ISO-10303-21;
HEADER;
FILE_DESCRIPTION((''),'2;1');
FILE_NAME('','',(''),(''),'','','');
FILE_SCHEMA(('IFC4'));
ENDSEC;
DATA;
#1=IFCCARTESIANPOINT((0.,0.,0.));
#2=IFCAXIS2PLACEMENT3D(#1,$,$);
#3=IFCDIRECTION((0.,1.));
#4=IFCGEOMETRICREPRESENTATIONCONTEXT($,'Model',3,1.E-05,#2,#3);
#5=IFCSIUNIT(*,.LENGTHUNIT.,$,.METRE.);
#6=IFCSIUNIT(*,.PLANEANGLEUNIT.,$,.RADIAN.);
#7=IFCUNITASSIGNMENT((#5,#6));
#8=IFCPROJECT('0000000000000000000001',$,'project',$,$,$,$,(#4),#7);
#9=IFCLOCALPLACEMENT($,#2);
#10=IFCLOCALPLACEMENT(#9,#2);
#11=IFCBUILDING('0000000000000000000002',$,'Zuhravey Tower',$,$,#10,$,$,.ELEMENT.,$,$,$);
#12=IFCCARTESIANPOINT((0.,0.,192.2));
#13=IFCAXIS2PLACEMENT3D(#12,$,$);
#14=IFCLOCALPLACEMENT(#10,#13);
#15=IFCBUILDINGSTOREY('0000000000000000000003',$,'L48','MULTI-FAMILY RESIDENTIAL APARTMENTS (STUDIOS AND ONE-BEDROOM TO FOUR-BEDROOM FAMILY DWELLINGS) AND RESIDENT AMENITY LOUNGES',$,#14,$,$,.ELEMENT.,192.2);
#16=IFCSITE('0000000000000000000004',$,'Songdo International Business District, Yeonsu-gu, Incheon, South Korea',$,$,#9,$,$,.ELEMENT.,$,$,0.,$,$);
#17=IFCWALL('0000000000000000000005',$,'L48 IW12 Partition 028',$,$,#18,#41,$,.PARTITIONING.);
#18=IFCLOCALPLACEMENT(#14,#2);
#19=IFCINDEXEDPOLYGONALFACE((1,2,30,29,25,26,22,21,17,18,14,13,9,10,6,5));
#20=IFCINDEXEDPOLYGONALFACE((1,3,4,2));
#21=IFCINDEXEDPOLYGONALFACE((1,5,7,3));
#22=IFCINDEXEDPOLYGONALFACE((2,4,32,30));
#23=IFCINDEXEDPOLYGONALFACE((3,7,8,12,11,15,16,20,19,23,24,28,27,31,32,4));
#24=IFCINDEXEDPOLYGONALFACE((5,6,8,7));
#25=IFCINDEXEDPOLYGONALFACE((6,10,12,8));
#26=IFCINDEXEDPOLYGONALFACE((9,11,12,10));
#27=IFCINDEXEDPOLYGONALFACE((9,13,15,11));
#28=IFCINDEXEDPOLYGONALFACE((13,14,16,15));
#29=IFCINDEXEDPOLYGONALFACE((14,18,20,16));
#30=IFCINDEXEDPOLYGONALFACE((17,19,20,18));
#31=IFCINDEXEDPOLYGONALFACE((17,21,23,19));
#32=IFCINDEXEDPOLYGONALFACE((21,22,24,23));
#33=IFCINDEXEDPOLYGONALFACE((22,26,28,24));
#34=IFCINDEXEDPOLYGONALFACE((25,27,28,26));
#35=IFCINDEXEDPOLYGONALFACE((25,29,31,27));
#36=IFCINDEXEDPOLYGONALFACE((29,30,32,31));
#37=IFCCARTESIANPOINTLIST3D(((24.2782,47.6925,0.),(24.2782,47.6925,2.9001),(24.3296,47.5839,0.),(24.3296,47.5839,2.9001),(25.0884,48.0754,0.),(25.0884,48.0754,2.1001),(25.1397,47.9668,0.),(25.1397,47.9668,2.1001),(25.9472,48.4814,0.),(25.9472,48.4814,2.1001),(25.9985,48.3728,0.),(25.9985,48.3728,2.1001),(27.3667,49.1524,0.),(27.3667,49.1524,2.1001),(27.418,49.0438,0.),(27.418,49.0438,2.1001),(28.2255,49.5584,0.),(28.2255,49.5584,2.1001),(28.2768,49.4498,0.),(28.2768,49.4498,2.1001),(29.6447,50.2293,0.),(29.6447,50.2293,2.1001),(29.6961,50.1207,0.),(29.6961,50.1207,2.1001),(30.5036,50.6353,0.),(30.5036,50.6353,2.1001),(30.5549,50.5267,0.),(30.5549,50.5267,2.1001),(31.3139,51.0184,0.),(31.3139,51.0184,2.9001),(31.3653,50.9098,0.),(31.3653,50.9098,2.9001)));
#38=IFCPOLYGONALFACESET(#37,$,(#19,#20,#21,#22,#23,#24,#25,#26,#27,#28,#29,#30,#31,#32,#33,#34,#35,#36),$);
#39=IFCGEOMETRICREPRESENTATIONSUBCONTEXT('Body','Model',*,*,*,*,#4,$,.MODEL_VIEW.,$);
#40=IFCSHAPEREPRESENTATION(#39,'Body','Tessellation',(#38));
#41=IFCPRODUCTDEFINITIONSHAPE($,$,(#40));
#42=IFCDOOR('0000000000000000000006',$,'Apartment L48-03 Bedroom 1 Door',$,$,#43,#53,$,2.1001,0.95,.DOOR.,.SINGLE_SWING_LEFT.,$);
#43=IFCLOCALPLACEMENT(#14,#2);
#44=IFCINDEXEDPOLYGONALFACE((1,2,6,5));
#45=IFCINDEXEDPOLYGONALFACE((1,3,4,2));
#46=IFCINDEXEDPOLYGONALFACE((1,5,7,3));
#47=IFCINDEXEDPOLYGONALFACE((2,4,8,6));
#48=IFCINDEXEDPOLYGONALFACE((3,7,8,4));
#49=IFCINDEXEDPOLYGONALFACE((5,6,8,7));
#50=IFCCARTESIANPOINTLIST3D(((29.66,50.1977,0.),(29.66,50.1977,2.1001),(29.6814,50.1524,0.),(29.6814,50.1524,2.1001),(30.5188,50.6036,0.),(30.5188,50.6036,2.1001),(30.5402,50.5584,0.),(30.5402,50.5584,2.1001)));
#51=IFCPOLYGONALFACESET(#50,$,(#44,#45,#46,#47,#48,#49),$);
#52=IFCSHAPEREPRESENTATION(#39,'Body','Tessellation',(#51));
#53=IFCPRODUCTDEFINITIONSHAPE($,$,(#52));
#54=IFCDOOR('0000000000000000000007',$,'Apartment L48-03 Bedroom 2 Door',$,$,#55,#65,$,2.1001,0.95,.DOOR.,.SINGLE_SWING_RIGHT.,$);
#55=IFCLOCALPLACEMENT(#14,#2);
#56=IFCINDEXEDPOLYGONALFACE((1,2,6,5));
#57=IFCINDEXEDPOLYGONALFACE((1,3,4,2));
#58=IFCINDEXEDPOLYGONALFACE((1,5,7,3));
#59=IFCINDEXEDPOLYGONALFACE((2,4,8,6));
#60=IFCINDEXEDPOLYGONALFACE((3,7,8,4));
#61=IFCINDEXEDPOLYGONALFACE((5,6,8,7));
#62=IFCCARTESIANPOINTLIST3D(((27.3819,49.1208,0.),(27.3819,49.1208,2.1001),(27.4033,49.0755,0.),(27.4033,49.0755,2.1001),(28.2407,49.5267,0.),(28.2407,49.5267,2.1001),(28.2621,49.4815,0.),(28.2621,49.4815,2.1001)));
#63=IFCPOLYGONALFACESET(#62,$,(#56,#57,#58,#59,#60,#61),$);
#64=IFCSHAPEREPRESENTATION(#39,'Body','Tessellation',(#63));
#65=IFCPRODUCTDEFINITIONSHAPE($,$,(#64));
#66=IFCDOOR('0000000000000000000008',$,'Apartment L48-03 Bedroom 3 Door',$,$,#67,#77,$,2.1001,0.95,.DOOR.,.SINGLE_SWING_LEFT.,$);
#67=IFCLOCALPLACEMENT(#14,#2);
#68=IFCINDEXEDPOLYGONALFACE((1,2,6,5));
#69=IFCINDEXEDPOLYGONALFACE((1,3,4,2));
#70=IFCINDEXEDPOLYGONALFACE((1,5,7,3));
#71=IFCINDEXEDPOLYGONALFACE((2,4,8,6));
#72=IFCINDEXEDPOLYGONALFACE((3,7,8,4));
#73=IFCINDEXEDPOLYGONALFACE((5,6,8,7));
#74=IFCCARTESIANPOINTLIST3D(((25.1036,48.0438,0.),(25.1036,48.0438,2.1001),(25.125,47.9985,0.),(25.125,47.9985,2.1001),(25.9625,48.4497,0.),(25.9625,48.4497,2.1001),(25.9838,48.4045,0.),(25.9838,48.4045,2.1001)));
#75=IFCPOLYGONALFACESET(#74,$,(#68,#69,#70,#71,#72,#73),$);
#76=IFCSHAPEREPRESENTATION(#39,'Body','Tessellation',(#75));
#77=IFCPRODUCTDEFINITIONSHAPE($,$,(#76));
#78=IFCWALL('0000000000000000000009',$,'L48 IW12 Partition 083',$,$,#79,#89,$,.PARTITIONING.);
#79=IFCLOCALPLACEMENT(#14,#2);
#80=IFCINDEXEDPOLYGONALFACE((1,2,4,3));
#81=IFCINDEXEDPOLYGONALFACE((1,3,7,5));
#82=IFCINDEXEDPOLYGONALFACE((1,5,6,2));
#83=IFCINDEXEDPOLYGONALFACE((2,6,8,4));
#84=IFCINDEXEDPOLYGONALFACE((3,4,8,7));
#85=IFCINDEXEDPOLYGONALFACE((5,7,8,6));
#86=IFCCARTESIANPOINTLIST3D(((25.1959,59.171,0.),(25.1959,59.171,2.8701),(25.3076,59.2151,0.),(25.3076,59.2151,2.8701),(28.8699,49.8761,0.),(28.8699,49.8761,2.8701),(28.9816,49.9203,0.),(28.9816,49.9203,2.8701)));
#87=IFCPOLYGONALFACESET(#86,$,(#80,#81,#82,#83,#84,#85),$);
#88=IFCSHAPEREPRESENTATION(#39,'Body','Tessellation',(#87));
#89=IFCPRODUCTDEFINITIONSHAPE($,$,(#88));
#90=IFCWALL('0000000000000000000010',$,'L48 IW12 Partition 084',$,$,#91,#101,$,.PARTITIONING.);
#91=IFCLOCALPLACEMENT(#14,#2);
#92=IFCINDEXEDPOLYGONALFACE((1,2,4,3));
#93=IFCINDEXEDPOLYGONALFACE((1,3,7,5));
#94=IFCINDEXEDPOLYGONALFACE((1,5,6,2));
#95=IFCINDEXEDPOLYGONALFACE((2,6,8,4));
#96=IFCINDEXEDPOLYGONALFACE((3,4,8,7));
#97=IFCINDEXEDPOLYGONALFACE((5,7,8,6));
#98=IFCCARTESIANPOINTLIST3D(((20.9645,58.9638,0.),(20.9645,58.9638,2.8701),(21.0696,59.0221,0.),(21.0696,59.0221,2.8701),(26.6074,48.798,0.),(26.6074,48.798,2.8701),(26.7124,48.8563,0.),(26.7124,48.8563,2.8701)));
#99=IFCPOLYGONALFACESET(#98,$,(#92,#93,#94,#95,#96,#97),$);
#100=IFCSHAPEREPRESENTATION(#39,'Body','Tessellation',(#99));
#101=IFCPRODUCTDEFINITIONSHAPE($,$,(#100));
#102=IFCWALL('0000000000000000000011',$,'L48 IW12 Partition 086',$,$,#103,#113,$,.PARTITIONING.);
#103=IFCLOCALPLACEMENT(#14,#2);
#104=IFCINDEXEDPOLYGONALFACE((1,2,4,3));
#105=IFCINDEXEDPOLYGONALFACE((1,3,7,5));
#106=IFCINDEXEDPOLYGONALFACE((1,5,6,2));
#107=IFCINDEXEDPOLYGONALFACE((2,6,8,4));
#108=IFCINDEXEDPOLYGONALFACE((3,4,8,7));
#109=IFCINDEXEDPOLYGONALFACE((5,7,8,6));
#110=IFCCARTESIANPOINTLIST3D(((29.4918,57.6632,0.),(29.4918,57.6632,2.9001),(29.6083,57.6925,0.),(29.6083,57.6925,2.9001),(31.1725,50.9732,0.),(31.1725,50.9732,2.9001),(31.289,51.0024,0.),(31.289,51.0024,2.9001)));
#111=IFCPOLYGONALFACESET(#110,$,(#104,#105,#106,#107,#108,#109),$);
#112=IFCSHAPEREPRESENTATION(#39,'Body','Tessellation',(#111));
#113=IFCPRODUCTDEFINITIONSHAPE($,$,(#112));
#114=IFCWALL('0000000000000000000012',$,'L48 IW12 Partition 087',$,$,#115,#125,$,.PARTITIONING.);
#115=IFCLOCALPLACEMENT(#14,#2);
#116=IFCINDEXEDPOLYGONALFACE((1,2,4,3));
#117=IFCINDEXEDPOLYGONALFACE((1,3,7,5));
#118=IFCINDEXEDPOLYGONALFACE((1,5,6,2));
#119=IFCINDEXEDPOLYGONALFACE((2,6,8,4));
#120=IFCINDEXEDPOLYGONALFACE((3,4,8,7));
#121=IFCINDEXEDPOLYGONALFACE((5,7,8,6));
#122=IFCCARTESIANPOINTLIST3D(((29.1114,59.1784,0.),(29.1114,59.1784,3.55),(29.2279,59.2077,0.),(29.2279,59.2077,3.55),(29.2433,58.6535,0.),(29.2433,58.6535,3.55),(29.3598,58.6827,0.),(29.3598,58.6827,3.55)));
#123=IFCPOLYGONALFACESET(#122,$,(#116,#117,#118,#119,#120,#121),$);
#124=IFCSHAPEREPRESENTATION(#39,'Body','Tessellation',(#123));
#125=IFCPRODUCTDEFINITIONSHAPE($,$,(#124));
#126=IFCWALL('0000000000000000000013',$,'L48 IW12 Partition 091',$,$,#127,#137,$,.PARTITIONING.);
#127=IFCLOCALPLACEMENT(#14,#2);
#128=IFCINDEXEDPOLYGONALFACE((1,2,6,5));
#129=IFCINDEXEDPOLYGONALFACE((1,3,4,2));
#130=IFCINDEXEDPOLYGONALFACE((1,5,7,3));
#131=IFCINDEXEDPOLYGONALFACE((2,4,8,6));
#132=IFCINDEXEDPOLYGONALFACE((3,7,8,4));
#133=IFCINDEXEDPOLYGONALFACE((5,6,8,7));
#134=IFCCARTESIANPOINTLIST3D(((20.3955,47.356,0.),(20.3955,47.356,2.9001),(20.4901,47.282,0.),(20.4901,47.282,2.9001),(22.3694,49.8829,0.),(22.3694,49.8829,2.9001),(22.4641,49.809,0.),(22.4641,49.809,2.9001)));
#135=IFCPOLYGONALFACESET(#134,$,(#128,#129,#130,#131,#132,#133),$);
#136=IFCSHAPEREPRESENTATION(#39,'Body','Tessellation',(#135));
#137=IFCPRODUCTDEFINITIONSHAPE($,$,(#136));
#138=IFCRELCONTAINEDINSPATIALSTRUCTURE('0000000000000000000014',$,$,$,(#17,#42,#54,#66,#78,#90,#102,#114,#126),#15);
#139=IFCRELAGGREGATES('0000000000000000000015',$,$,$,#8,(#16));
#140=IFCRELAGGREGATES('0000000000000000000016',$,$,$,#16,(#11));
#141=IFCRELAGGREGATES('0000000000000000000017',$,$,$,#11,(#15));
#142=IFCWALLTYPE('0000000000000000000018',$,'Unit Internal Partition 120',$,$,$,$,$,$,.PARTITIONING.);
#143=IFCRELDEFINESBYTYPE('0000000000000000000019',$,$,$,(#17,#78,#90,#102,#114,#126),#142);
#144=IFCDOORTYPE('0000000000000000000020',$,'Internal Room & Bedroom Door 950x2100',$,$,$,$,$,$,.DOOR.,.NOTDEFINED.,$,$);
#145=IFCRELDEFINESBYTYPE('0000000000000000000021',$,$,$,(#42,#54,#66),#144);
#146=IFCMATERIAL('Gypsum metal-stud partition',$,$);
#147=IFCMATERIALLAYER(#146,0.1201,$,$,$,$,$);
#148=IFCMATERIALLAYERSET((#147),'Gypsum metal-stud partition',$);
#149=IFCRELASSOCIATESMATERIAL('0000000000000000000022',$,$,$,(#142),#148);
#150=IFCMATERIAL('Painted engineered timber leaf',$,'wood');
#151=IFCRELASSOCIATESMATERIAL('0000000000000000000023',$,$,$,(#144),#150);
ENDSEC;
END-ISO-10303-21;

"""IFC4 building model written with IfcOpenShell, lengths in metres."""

from ifc_helpers import new_model, si_unit, direction, frame, frame_2d, origin, place, context, subcontext, project, spatial, rectangle, extrude, material, layer, layer_set, type_object, element, fill, save


model = new_model("IFC4")

# Units and contexts
model_context = context("Model", 3, precision=1e-05, world=origin(), true_north=direction((0.0, 1.0)))
body_context = subcontext(model_context, "Body", "Model", "MODEL_VIEW")
ifc_project = project(units=[si_unit("LENGTHUNIT", "METRE"), si_unit("PLANEANGLEUNIT", "RADIAN")], contexts=[model_context])

# Site, building, storey
site_placement = place(None, origin())
site = spatial("IfcSite", under=ifc_project, at=site_placement, Name="Songdo International Business District, Yeonsu-gu, Incheon, South Korea", CompositionType="ELEMENT", RefElevation=0.0)
building_placement = place(site_placement, origin())
building = spatial("IfcBuilding", under=site, at=building_placement, Name="Zuhravey Tower", CompositionType="ELEMENT")
storey_placement = place(building_placement, frame((0.0, 0.0, 192.2)))
storey = spatial("IfcBuildingStorey", under=building, at=storey_placement, Name="L48", Description="MULTI-FAMILY RESIDENTIAL APARTMENTS (STUDIOS AND ONE-BEDROOM TO FOUR-BEDROOM FAMILY DWELLINGS) AND RESIDENT AMENITY LOUNGES", CompositionType="ELEMENT", Elevation=192.2)

# Wall, openings, doors
ifc_material_1 = material(Name="Gypsum metal-stud partition")
ifc_layer_1 = layer(ifc_material_1, 0.1201)
ifc_layer_set_1 = layer_set([ifc_layer_1], Name="Gypsum metal-stud partition")
wall_type_1 = type_object("IfcWallType", Name="Unit Internal Partition 120", PredefinedType="PARTITIONING", material=ifc_layer_set_1)
ifc_material_2 = material(Name="Painted engineered timber leaf", Category="wood")
door_type_1 = type_object("IfcDoorType", Name="Internal Room & Bedroom Door 950x2100", OperationType="NOTDEFINED", PredefinedType="DOOR", material=ifc_material_2)
wall_1_placement = place(storey_placement, frame((31.3396, 50.9641, 0.0), z_axis=(0.0, 0.0, 1.0), x_axis=(-0.904073, -0.427378, 0.0)))
wall_1 = element("IfcWall", 1, at=wall_1_placement, inside=storey, type_object=wall_type_1, Name="L48 IW12 Partition 028", PredefinedType="PARTITIONING", context=body_context, shape_type="SweptSolid", body=[
    extrude(rectangle(XDim=7.7822, YDim=0.1201, at=frame_2d((3.8911, 0.0))), origin(), (0.0, 0.0, 1.0), 2.9001),
])
opening_1_placement = place(wall_1_placement, frame((0.8962, 0.0, 0.0)))
opening_1 = element("IfcOpeningElement", 2, at=opening_1_placement, cuts=wall_1, PredefinedType="OPENING", context=body_context, shape_type="SweptSolid", body=[
    extrude(rectangle(XDim=0.95, YDim=2.1001, at=frame_2d((0.4751, 1.05))), frame((0.0, 0.072, 0.0), z_axis=(0.0, -1.0, 0.0), x_axis=(1.0, 0.0, 0.0)), (0.0, 0.0, 1.0), 0.144),
])
opening_2_placement = place(wall_1_placement, frame((3.416, 0.0, 0.0)))
opening_2 = element("IfcOpeningElement", 3, at=opening_2_placement, cuts=wall_1, PredefinedType="OPENING", context=body_context, shape_type="SweptSolid", body=[
    extrude(rectangle(XDim=0.95, YDim=2.1001, at=frame_2d((0.4751, 1.05))), frame((0.0, 0.072, 0.0), z_axis=(0.0, -1.0, 0.0), x_axis=(1.0, 0.0, 0.0)), (0.0, 0.0, 1.0), 0.144),
])
opening_3_placement = place(wall_1_placement, frame((5.936, 0.0, 0.0)))
opening_3 = element("IfcOpeningElement", 4, at=opening_3_placement, cuts=wall_1, PredefinedType="OPENING", context=body_context, shape_type="SweptSolid", body=[
    extrude(rectangle(XDim=0.95, YDim=2.1001, at=frame_2d((0.4751, 1.05))), frame((0.0, 0.072, 0.0), z_axis=(0.0, -1.0, 0.0), x_axis=(1.0, 0.0, 0.0)), (0.0, 0.0, 1.0), 0.144),
])
door_1_placement = place(opening_1_placement, frame((0.95, 0.0, 0.0), z_axis=(0.0, 0.0, 1.0), x_axis=(-1.0, 0.0, 0.0)))
door_1 = element("IfcDoor", 5, at=door_1_placement, inside=storey, type_object=door_type_1, Name="Apartment L48-03 Bedroom 1 Door", OperationType="SINGLE_SWING_LEFT", OverallHeight=2.1001, OverallWidth=0.95, PredefinedType="DOOR", context=body_context, shape_type="SweptSolid", body=[
    extrude(rectangle(XDim=0.95, YDim=2.1001, at=frame_2d((0.4751, 1.05))), frame((0.0, 0.0249, 0.0), z_axis=(0.0, -1.0, 0.0), x_axis=(1.0, 0.0, 0.0)), (0.0, 0.0, 1.0), 0.05),
])
fill(opening_1, door_1)
door_2_placement = place(opening_2_placement, frame((0.95, 0.0, 0.0), z_axis=(0.0, 0.0, 1.0), x_axis=(-1.0, 0.0, 0.0)))
door_2 = element("IfcDoor", 6, at=door_2_placement, inside=storey, type_object=door_type_1, Name="Apartment L48-03 Bedroom 2 Door", OperationType="SINGLE_SWING_RIGHT", OverallHeight=2.1001, OverallWidth=0.95, PredefinedType="DOOR", context=body_context, shape_type="SweptSolid", body=[
    extrude(rectangle(XDim=0.95, YDim=2.1001, at=frame_2d((0.4751, 1.05))), frame((0.0, 0.0249, 0.0), z_axis=(0.0, -1.0, 0.0), x_axis=(1.0, 0.0, 0.0)), (0.0, 0.0, 1.0), 0.05),
])
fill(opening_2, door_2)
door_3_placement = place(opening_3_placement, frame((0.95, 0.0, 0.0), z_axis=(0.0, 0.0, 1.0), x_axis=(-1.0, 0.0, 0.0)))
door_3 = element("IfcDoor", 7, at=door_3_placement, inside=storey, type_object=door_type_1, Name="Apartment L48-03 Bedroom 3 Door", OperationType="SINGLE_SWING_LEFT", OverallHeight=2.1001, OverallWidth=0.95, PredefinedType="DOOR", context=body_context, shape_type="SweptSolid", body=[
    extrude(rectangle(XDim=0.95, YDim=2.1001, at=frame_2d((0.4751, 1.05))), frame((0.0, 0.0249, 0.0), z_axis=(0.0, -1.0, 0.0), x_axis=(1.0, 0.0, 0.0)), (0.0, 0.0, 1.0), 0.05),
])
fill(opening_3, door_3)

# Walls
wall_2_placement = place(storey_placement, frame((28.9258, 49.8982, 0.0), z_axis=(0.0, 0.0, 1.0), x_axis=(-0.367601, 0.929983, 0.0)))
element("IfcWall", 8, at=wall_2_placement, inside=storey, type_object=wall_type_1, Name="L48 IW12 Partition 083", PredefinedType="PARTITIONING", context=body_context, shape_type="SweptSolid", body=[
    extrude(rectangle(XDim=9.9946, YDim=0.1201, at=frame_2d((4.9973, 0.0))), origin(), (0.0, 0.0, 1.0), 2.8701),
])
wall_3_placement = place(storey_placement, frame((26.6599, 48.8271, 0.0), z_axis=(0.0, 0.0, 1.0), x_axis=(-0.485326, 0.874334, 0.0)))
element("IfcWall", 9, at=wall_3_placement, inside=storey, type_object=wall_type_1, Name="L48 IW12 Partition 084", PredefinedType="PARTITIONING", context=body_context, shape_type="SweptSolid", body=[
    extrude(rectangle(XDim=11.627, YDim=0.1201, at=frame_2d((5.8135, 0.0))), origin(), (0.0, 0.0, 1.0), 2.8701),
])
wall_4_placement = place(storey_placement, frame((31.2307, 50.9878, 0.0), z_axis=(0.0, 0.0, 1.0), x_axis=(-0.243643, 0.969865, 0.0)))
element("IfcWall", 10, at=wall_4_placement, inside=storey, type_object=wall_type_1, Name="L48 IW12 Partition 086", PredefinedType="PARTITIONING", context=body_context, shape_type="SweptSolid", body=[
    extrude(rectangle(XDim=6.8979, YDim=0.1201, at=frame_2d((3.449, 0.0))), origin(), (0.0, 0.0, 1.0), 2.9001),
])
wall_5_placement = place(storey_placement, frame((29.3015, 58.6682, 0.0), z_axis=(0.0, 0.0, 1.0), x_axis=(-0.243597, 0.969877, 0.0)))
element("IfcWall", 11, at=wall_5_placement, inside=storey, type_object=wall_type_1, Name="L48 IW12 Partition 087", PredefinedType="PARTITIONING", context=body_context, shape_type="SweptSolid", body=[
    extrude(rectangle(XDim=0.5413, YDim=0.1201, at=frame_2d((0.2705, 0.0))), origin(), (0.0, 0.0, 1.0), 3.55),
])
wall_6_placement = place(storey_placement, frame((22.4167, 49.8459, 0.0), z_axis=(0.0, 0.0, 1.0), x_axis=(-0.6156, -0.788059, 0.0)))
element("IfcWall", 12, at=wall_6_placement, inside=storey, type_object=wall_type_1, Name="L48 IW12 Partition 091", PredefinedType="PARTITIONING", context=body_context, shape_type="SweptSolid", body=[
    extrude(rectangle(XDim=3.2065, YDim=0.1201, at=frame_2d((1.6033, 0.0))), origin(), (0.0, 0.0, 1.0), 2.9001),
])

save(model, "model.ifc")
